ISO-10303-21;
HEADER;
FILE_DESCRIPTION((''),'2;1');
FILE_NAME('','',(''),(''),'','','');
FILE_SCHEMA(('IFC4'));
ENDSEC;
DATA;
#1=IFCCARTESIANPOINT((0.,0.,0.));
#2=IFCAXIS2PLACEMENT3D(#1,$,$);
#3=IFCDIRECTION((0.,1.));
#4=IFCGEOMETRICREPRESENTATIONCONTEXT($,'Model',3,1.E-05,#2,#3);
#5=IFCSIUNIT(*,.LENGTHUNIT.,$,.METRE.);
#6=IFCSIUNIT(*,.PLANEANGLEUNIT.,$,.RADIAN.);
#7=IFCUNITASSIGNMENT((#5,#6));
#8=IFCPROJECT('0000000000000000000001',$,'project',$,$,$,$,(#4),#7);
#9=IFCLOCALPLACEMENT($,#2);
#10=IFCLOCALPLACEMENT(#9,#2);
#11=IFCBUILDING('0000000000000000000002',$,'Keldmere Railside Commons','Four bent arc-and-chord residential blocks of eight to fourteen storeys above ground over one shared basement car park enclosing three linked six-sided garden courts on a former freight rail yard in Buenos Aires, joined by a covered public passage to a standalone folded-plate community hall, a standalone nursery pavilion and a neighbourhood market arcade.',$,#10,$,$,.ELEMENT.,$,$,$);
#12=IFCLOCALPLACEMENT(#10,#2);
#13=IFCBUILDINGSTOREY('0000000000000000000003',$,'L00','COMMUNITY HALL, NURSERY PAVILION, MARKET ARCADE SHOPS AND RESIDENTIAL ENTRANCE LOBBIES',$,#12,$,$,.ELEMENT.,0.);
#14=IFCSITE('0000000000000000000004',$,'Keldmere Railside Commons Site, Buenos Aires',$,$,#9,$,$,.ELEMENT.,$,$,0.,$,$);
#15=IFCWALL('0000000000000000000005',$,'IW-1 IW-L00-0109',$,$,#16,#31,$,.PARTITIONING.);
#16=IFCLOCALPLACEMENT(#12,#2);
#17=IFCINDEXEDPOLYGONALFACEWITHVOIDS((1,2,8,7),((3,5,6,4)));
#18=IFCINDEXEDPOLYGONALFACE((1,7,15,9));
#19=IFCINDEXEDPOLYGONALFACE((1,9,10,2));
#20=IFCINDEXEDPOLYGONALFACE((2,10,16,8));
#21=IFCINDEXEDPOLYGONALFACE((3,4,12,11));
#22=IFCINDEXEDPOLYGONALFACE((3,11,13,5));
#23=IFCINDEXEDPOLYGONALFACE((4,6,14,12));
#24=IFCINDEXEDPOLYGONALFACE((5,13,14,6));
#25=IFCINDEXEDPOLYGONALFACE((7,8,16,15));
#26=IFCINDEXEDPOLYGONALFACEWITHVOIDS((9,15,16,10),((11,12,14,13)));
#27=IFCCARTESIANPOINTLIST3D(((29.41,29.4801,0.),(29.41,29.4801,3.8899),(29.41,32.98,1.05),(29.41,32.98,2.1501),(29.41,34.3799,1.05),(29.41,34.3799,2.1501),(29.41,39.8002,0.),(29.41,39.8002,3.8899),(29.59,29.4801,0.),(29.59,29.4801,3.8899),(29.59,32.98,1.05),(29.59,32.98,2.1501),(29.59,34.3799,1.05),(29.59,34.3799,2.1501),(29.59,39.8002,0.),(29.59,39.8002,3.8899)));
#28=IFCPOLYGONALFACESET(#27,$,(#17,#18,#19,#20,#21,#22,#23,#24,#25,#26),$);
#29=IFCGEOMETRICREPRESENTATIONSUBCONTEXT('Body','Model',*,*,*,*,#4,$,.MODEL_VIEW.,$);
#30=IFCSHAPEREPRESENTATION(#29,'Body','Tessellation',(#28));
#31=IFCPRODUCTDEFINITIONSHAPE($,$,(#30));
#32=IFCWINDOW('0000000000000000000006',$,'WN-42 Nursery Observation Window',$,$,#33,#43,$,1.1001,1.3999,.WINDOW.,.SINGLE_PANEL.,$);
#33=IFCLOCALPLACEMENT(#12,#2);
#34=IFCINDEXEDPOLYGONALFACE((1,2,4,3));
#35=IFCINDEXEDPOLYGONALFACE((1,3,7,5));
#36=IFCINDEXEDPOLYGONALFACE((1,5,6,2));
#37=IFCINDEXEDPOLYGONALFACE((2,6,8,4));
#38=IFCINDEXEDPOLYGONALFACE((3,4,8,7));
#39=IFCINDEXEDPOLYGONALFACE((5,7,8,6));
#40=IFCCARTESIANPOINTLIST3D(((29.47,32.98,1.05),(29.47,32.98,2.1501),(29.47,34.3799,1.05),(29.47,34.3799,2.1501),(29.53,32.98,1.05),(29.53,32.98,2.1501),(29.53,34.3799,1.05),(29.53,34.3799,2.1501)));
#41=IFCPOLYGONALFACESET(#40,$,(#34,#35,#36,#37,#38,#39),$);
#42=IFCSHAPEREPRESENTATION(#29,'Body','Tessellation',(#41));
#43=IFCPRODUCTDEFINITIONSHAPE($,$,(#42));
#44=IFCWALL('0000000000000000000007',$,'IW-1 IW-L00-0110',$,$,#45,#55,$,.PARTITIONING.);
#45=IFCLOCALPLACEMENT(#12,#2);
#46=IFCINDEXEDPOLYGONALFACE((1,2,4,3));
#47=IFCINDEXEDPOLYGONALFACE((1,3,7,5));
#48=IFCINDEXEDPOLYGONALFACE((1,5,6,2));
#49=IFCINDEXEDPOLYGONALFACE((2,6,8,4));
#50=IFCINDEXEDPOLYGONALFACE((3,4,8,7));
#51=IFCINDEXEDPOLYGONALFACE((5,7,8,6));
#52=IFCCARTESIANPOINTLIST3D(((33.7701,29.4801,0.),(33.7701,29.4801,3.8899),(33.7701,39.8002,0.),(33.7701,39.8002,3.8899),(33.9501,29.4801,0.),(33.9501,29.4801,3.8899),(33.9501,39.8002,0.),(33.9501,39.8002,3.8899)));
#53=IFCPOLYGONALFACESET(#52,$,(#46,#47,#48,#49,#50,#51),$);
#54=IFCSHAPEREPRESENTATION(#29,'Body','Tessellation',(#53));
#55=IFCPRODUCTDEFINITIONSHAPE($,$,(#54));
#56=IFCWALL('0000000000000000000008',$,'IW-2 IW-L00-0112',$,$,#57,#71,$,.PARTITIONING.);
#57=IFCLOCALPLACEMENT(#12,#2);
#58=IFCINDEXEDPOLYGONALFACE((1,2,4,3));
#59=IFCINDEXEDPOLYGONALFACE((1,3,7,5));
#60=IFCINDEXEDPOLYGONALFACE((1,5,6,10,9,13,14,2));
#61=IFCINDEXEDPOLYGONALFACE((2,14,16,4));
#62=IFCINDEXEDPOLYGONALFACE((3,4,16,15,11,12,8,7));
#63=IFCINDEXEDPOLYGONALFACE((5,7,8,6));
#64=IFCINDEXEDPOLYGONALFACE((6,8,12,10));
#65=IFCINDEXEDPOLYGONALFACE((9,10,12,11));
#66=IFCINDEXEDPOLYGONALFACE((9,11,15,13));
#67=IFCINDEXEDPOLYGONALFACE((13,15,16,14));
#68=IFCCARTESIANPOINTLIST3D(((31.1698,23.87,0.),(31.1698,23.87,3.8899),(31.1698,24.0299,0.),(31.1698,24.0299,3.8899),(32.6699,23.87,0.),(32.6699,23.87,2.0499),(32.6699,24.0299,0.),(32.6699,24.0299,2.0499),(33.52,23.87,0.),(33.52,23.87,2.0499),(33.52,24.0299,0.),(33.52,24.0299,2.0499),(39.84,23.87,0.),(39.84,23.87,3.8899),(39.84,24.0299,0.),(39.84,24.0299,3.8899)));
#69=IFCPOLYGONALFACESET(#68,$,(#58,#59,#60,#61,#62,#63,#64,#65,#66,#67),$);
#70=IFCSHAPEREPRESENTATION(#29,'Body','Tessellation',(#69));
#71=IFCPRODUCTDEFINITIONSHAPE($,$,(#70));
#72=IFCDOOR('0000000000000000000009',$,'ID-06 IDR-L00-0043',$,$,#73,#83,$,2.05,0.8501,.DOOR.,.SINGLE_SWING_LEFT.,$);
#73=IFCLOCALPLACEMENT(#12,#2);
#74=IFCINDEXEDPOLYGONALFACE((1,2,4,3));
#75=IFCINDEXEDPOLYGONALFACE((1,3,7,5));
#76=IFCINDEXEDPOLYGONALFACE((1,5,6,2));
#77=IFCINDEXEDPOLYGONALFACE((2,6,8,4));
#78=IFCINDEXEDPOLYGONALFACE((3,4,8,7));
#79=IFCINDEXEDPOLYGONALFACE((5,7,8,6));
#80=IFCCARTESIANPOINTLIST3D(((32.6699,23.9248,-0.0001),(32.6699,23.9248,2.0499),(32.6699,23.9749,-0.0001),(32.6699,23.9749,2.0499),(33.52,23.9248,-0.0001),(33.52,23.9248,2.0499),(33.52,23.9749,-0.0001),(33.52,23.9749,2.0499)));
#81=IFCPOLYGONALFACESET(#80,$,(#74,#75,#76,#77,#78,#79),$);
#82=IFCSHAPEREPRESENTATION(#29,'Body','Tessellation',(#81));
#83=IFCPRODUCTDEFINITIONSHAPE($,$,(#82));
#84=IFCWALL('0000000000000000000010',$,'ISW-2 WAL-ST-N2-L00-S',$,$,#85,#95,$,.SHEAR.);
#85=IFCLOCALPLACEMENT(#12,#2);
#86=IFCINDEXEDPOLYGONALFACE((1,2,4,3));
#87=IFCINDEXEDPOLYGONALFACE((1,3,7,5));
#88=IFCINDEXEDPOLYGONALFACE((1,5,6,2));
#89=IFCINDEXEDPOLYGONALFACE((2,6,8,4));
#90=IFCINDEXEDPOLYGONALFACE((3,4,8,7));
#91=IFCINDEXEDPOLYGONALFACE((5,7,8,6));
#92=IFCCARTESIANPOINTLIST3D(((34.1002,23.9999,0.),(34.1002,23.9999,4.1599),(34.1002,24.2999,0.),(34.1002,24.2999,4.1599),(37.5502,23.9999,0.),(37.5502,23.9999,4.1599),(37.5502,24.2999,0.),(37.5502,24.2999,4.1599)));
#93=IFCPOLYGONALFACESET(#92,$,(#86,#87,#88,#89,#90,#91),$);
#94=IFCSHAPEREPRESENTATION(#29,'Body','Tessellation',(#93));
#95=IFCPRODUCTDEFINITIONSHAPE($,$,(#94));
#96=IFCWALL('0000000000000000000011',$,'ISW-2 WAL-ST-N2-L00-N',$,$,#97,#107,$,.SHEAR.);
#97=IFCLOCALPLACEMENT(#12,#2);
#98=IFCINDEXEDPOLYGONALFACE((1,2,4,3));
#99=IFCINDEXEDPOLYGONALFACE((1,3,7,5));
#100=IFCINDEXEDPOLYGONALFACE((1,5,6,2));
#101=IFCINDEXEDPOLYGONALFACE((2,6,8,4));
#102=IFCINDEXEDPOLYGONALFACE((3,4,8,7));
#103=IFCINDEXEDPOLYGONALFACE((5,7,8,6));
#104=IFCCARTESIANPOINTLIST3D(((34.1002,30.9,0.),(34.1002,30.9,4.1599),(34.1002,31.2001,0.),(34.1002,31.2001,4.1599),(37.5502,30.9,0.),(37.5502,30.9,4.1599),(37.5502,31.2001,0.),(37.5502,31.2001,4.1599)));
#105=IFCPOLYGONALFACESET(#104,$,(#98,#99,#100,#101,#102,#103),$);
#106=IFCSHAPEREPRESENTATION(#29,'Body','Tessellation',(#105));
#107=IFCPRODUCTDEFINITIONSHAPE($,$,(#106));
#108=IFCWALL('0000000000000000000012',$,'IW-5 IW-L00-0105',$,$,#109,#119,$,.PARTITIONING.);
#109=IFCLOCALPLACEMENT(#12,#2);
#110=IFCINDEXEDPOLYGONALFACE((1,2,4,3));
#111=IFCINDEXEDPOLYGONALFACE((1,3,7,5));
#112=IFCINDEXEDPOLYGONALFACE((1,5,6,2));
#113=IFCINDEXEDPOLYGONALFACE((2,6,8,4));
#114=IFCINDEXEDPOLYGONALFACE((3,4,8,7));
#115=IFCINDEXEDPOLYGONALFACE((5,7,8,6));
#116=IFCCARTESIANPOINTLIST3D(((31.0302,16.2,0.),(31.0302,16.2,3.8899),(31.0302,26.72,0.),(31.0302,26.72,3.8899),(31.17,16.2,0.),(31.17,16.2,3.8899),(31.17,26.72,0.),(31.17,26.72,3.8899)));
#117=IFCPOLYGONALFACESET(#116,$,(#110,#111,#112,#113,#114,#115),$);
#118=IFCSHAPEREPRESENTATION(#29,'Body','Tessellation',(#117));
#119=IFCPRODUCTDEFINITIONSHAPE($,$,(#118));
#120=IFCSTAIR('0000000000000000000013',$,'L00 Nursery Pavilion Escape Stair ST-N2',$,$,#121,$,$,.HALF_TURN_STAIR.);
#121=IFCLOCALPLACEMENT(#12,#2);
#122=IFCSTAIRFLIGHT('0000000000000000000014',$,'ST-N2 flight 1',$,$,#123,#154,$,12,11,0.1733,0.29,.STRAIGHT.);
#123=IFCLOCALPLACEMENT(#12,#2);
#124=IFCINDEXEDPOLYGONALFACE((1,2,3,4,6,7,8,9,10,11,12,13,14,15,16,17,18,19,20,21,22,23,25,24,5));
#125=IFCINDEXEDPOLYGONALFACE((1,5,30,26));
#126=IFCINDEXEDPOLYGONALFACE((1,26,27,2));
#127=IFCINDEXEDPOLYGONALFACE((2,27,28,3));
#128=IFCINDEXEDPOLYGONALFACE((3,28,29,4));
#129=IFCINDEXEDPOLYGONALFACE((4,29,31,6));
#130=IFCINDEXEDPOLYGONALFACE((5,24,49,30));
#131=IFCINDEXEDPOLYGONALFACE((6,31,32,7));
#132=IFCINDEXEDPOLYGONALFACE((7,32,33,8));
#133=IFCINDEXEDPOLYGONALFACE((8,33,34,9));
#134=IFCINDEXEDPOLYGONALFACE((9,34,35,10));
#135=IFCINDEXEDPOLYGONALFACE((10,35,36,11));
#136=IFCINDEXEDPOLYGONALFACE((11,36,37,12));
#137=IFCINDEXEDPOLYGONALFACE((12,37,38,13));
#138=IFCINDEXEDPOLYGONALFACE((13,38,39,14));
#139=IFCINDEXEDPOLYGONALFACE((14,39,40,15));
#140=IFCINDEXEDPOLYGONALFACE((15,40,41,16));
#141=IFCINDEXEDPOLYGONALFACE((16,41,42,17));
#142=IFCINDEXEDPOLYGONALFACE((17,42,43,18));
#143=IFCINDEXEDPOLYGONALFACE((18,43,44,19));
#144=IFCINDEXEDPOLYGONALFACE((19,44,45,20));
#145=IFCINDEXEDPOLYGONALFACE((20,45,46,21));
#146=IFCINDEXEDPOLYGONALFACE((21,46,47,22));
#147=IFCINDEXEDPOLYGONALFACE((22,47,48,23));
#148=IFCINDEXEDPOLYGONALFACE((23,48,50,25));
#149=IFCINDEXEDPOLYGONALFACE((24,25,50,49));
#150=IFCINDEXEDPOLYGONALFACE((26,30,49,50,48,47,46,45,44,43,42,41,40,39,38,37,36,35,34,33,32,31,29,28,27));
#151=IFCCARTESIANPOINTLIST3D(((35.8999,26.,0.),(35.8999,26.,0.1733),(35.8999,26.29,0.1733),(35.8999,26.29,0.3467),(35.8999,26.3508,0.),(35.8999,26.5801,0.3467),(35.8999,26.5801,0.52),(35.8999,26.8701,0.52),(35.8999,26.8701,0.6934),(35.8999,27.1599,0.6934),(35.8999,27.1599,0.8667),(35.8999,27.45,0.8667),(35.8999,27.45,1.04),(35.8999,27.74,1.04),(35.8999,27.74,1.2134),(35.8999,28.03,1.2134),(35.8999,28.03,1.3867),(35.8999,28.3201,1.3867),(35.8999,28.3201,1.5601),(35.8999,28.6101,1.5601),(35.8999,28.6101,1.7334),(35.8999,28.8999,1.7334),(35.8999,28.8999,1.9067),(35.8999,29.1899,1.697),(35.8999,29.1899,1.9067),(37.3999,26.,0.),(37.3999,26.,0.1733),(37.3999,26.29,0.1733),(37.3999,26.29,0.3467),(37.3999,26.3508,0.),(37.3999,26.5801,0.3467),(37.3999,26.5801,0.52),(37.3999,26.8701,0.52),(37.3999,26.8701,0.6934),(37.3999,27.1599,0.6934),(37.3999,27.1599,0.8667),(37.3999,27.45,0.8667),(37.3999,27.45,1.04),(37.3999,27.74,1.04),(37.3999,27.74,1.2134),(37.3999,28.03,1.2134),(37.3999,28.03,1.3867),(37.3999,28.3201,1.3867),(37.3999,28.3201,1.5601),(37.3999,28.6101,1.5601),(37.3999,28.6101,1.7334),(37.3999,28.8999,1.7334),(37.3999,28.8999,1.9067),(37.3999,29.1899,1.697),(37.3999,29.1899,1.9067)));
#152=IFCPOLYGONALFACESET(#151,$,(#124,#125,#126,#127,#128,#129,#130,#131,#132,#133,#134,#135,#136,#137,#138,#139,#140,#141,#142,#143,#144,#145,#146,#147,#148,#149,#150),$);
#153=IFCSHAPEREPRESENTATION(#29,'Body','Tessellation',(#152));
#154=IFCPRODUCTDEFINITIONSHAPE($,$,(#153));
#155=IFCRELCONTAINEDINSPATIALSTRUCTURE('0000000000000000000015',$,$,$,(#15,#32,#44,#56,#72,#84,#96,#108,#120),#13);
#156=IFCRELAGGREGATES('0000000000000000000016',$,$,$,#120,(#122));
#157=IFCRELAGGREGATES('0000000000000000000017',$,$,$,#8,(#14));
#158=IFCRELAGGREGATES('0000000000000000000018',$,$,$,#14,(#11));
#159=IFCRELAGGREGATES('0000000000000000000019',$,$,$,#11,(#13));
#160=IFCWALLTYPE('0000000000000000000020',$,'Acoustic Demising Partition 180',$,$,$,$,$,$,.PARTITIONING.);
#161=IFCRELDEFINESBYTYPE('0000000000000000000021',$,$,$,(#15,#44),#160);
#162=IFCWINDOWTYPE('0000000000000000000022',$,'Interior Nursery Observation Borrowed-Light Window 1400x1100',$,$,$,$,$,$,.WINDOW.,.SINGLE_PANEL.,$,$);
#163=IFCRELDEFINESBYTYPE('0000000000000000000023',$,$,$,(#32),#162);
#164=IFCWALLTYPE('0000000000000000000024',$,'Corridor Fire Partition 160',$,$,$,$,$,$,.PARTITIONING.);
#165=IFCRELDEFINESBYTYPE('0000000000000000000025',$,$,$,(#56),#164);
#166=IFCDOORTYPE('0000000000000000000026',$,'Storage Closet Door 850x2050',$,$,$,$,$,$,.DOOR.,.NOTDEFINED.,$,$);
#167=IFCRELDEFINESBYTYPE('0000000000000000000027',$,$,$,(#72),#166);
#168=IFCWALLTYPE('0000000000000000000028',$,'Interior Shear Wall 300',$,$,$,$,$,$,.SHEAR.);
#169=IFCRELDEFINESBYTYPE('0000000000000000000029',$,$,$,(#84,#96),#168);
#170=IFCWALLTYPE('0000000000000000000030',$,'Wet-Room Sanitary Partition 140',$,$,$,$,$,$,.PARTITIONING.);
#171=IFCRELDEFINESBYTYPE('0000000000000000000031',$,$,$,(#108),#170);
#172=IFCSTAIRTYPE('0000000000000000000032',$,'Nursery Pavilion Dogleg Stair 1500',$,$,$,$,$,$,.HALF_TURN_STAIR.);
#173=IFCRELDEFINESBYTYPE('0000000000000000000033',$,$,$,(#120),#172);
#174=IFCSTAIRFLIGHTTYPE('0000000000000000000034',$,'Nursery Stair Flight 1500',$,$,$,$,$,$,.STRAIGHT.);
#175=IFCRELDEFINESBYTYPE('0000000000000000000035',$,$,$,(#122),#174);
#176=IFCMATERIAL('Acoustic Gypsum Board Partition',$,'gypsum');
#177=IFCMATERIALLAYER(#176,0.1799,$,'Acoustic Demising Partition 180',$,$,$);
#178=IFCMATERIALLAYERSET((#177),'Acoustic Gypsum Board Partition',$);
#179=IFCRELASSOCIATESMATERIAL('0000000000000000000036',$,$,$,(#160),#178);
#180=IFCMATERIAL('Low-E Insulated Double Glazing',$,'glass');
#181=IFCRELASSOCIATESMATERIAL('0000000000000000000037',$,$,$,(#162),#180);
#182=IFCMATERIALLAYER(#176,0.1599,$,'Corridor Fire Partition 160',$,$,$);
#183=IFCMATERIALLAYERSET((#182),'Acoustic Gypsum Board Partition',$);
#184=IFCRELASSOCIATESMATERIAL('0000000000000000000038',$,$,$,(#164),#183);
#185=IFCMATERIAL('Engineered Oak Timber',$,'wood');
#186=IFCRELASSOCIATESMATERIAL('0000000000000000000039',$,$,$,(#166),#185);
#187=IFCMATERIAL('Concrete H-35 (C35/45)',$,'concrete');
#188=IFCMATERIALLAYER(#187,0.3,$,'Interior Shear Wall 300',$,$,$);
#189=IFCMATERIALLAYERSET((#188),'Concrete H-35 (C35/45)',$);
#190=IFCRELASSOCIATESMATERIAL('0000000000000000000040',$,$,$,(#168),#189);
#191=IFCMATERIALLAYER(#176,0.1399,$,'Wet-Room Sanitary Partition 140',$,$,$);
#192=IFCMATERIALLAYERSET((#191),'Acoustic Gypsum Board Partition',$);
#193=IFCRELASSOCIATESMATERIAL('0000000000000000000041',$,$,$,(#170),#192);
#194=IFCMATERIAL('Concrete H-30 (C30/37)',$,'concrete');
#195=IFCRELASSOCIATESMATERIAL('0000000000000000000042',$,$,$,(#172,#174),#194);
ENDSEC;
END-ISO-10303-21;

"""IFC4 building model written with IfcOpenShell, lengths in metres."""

from ifc_helpers import new_model, si_unit, direction, frame, frame_2d, origin, place, context, subcontext, project, spatial, polyline, rectangle, outline, extrude, material, layer, layer_set, type_object, element, fill, aggregate, save


model = new_model("IFC4")

# Units and contexts
model_context = context("Model", 3, precision=1e-05, world=origin(), true_north=direction((0.0, 1.0)))
body_context = subcontext(model_context, "Body", "Model", "MODEL_VIEW")
ifc_project = project(units=[si_unit("LENGTHUNIT", "METRE"), si_unit("PLANEANGLEUNIT", "RADIAN")], contexts=[model_context])

# Site, building, storey
site_placement = place(None, origin())
site = spatial("IfcSite", under=ifc_project, at=site_placement, Name="Keldmere Railside Commons Site, Buenos Aires", CompositionType="ELEMENT", RefElevation=0.0)
building_placement = place(site_placement, origin())
building = spatial("IfcBuilding", under=site, at=building_placement, Name="Keldmere Railside Commons", Description="Four bent arc-and-chord residential blocks of eight to fourteen storeys above ground over one shared basement car park enclosing three linked six-sided garden courts on a former freight rail yard in Buenos Aires, joined by a covered public passage to a standalone folded-plate community hall, a standalone nursery pavilion and a neighbourhood market arcade.", CompositionType="ELEMENT")
storey_placement = place(building_placement, origin())
storey = spatial("IfcBuildingStorey", under=building, at=storey_placement, Name="L00", Description="COMMUNITY HALL, NURSERY PAVILION, MARKET ARCADE SHOPS AND RESIDENTIAL ENTRANCE LOBBIES", CompositionType="ELEMENT", Elevation=0.0)

# Shared definitions
ifc_material_1 = material(Name="Concrete H-35 (C35/45)", Category="concrete")

# Shared definitions
ifc_material_2 = material(Name="Concrete H-30 (C30/37)", Category="concrete")

# Wall, opening, window
ifc_material_3 = material(Name="Acoustic Gypsum Board Partition", Category="gypsum")
ifc_layer_1 = layer(ifc_material_3, 0.1799, Name="Acoustic Demising Partition 180")
ifc_layer_set_1 = layer_set([ifc_layer_1], Name="Acoustic Gypsum Board Partition")
wall_type_1 = type_object("IfcWallType", Name="Acoustic Demising Partition 180", PredefinedType="PARTITIONING", material=ifc_layer_set_1)
wall_1_placement = place(storey_placement, frame((29.5, 29.48, 0.0), z_axis=(0.0, 0.0, 1.0), x_axis=(0.0, 1.0, 0.0)))
wall_1 = element("IfcWall", 1, at=wall_1_placement, inside=storey, type_object=wall_type_1, Name="IW-1 IW-L00-0109", PredefinedType="PARTITIONING", context=body_context, shape_type="SweptSolid", body=[
    extrude(rectangle(XDim=10.3201, YDim=0.1799, at=frame_2d((5.1602, 0.0))), origin(), (0.0, 0.0, 1.0), 3.8899),
])
opening_1_placement = place(wall_1_placement, frame((3.5, 0.0, 1.05)))
opening_1 = element("IfcOpeningElement", 2, at=opening_1_placement, cuts=wall_1, PredefinedType="OPENING", context=body_context, shape_type="SweptSolid", body=[
    extrude(rectangle(XDim=1.3999, YDim=1.1001, at=frame_2d((0.7, 0.55))), frame((0.0, 0.0999, 0.0), z_axis=(0.0, -1.0, 0.0), x_axis=(1.0, 0.0, 0.0)), (0.0, 0.0, 1.0), 0.2),
])
ifc_material_4 = material(Name="Low-E Insulated Double Glazing", Category="glass")
window_type = type_object("IfcWindowType", Name="Interior Nursery Observation Borrowed-Light Window 1400x1100", PartitioningType="SINGLE_PANEL", PredefinedType="WINDOW", material=ifc_material_4)
window_placement = place(opening_1_placement, origin())
window = element("IfcWindow", 3, at=window_placement, inside=storey, type_object=window_type, Name="WN-42 Nursery Observation Window", OverallHeight=1.1001, OverallWidth=1.3999, PartitioningType="SINGLE_PANEL", PredefinedType="WINDOW", context=body_context, shape_type="SweptSolid", body=[
    extrude(rectangle(XDim=1.3999, YDim=1.1001, at=frame_2d((0.7, 0.55))), frame((0.0, 0.03, 0.0), z_axis=(0.0, -1.0, 0.0), x_axis=(1.0, 0.0, 0.0)), (0.0, 0.0, 1.0), 0.0601),
])
fill(opening_1, window)

# Wall
wall_2_placement = place(storey_placement, frame((33.8601, 29.48, 0.0), z_axis=(0.0, 0.0, 1.0), x_axis=(0.0, 1.0, 0.0)))
element("IfcWall", 4, at=wall_2_placement, inside=storey, type_object=wall_type_1, Name="IW-1 IW-L00-0110", PredefinedType="PARTITIONING", context=body_context, shape_type="SweptSolid", body=[
    extrude(rectangle(XDim=10.3201, YDim=0.1799, at=frame_2d((5.1602, 0.0))), origin(), (0.0, 0.0, 1.0), 3.8899),
])

# Wall, opening, door
ifc_layer_2 = layer(ifc_material_3, 0.1599, Name="Corridor Fire Partition 160")
ifc_layer_set_2 = layer_set([ifc_layer_2], Name="Acoustic Gypsum Board Partition")
wall_type_2 = type_object("IfcWallType", Name="Corridor Fire Partition 160", PredefinedType="PARTITIONING", material=ifc_layer_set_2)
wall_3_placement = place(storey_placement, frame((31.1699, 23.95, 0.0), z_axis=(0.0, 0.0, 1.0), x_axis=(1.0, 0.0, 0.0)))
wall_3 = element("IfcWall", 5, at=wall_3_placement, inside=storey, type_object=wall_type_2, Name="IW-2 IW-L00-0112", PredefinedType="PARTITIONING", context=body_context, shape_type="SweptSolid", body=[
    extrude(rectangle(XDim=8.6702, YDim=0.1599, at=frame_2d((4.335, 0.0))), origin(), (0.0, 0.0, 1.0), 3.8899),
])
opening_2_placement = place(wall_3_placement, frame((1.5, 0.0, 0.0)))
opening_2 = element("IfcOpeningElement", 6, at=opening_2_placement, cuts=wall_3, PredefinedType="OPENING", context=body_context, shape_type="SweptSolid", body=[
    extrude(rectangle(XDim=0.8501, YDim=2.05, at=frame_2d((0.425, 1.0249))), frame((0.0, 0.0898, 0.0), z_axis=(0.0, -1.0, 0.0), x_axis=(1.0, 0.0, 0.0)), (0.0, 0.0, 1.0), 0.1799),
])
ifc_material_5 = material(Name="Engineered Oak Timber", Category="wood")
door_type_1 = type_object("IfcDoorType", Name="Storage Closet Door 850x2050", OperationType="NOTDEFINED", PredefinedType="DOOR", material=ifc_material_5)
door_1_placement = place(opening_2_placement, origin())
door_1 = element("IfcDoor", 7, at=door_1_placement, inside=storey, type_object=door_type_1, Name="ID-06 IDR-L00-0043", OperationType="SINGLE_SWING_LEFT", OverallHeight=2.05, OverallWidth=0.8501, PredefinedType="DOOR", context=body_context, shape_type="SweptSolid", body=[
    extrude(rectangle(XDim=0.8501, YDim=2.05, at=frame_2d((0.425, 1.0249))), frame((0.0, 0.0249, 0.0), z_axis=(0.0, -1.0, 0.0), x_axis=(1.0, 0.0, 0.0)), (0.0, 0.0, 1.0), 0.05),
])
fill(opening_2, door_1)

# Walls
ifc_layer_3 = layer(ifc_material_1, 0.3, Name="Interior Shear Wall 300")
ifc_layer_set_3 = layer_set([ifc_layer_3], Name="Concrete H-35 (C35/45)")
wall_type_3 = type_object("IfcWallType", Name="Interior Shear Wall 300", PredefinedType="SHEAR", material=ifc_layer_set_3)
for number, where, z_axis, x_axis, name in (
    (8, (34.1001, 24.1499, 0.0), (0.0, 0.0, 1.0), (1.0, 0.0, 0.0), "ISW-2 WAL-ST-N2-L00-S"),
    (9, (34.1001, 31.05, 0.0), (0.0, 0.0, 1.0), (1.0, 0.0, 0.0), "ISW-2 WAL-ST-N2-L00-N"),
):
    element("IfcWall", number, at=place(storey_placement, frame(where, z_axis=z_axis, x_axis=x_axis)), inside=storey, type_object=wall_type_3, Name=name, PredefinedType="SHEAR", context=body_context, shape_type="SweptSolid", body=[
        extrude(rectangle(XDim=3.45, YDim=0.3, at=frame_2d((1.7251, 0.0))), origin(), (0.0, 0.0, 1.0), 4.1599),
    ])

# Wall
ifc_layer_4 = layer(ifc_material_3, 0.1399, Name="Wet-Room Sanitary Partition 140")
ifc_layer_set_4 = layer_set([ifc_layer_4], Name="Acoustic Gypsum Board Partition")
wall_type_4 = type_object("IfcWallType", Name="Wet-Room Sanitary Partition 140", PredefinedType="PARTITIONING", material=ifc_layer_set_4)
wall_4_placement = place(storey_placement, frame((31.1001, 16.2, 0.0), z_axis=(0.0, 0.0, 1.0), x_axis=(0.0, 1.0, 0.0)))
element("IfcWall", 10, at=wall_4_placement, inside=storey, type_object=wall_type_4, Name="IW-5 IW-L00-0105", PredefinedType="PARTITIONING", context=body_context, shape_type="SweptSolid", body=[
    extrude(rectangle(XDim=10.52, YDim=0.1399, at=frame_2d((5.26, 0.0))), origin(), (0.0, 0.0, 1.0), 3.8899),
])

# Stair, stair flight
stair_type = type_object("IfcStairType", Name="Nursery Pavilion Dogleg Stair 1500", PredefinedType="HALF_TURN_STAIR", material=ifc_material_2)
stair_placement = place(storey_placement, origin())
stair = element("IfcStair", 11, at=stair_placement, inside=storey, type_object=stair_type, Name="L00 Nursery Pavilion Escape Stair ST-N2", PredefinedType="HALF_TURN_STAIR")
stair_flight_type = type_object("IfcStairFlightType", Name="Nursery Stair Flight 1500", PredefinedType="STRAIGHT", material=ifc_material_2)
stair_flight_1_placement = place(storey_placement, frame((36.6499, 26.0, 0.0), z_axis=(0.0, 0.0, 1.0), x_axis=(0.0, 1.0, 0.0)))
stair_flight_1 = element("IfcStairFlight", 12, at=stair_flight_1_placement, type_object=stair_flight_type, Name="ST-N2 flight 1", NumberOfRisers=12, NumberOfTreads=11, PredefinedType="STRAIGHT", RiserHeight=0.1733, TreadLength=0.29, context=body_context, shape_type="SweptSolid", body=[
    extrude(outline(polyline([(0.0, 0.0), (0.0, 0.1733), (0.29, 0.1733), (0.29, 0.3467), (0.5801, 0.3467), (0.5801, 0.52), (0.8701, 0.52), (0.8701, 0.6934), (1.1599, 0.6934), (1.1599, 0.8667), (1.45, 0.8667), (1.45, 1.04), (1.74, 1.04), (1.74, 1.2134), (2.03, 1.2134), (2.03, 1.3867), (2.3201, 1.3867), (2.3201, 1.5601), (2.6101, 1.5601), (2.6101, 1.7334), (2.8999, 1.7334), (2.8999, 1.9067), (3.1899, 1.9067), (3.1899, 2.0801), (3.1899, 1.697), (0.3508, 0.0), (0.0, 0.0)])), frame((0.0, 0.75, 0.0), z_axis=(0.0, -1.0, 0.0), x_axis=(1.0, 0.0, 0.0)), (0.0, 0.0, 1.0), 1.5),
])
aggregate(stair, [stair_flight_1])

save(model, "model.ifc")
